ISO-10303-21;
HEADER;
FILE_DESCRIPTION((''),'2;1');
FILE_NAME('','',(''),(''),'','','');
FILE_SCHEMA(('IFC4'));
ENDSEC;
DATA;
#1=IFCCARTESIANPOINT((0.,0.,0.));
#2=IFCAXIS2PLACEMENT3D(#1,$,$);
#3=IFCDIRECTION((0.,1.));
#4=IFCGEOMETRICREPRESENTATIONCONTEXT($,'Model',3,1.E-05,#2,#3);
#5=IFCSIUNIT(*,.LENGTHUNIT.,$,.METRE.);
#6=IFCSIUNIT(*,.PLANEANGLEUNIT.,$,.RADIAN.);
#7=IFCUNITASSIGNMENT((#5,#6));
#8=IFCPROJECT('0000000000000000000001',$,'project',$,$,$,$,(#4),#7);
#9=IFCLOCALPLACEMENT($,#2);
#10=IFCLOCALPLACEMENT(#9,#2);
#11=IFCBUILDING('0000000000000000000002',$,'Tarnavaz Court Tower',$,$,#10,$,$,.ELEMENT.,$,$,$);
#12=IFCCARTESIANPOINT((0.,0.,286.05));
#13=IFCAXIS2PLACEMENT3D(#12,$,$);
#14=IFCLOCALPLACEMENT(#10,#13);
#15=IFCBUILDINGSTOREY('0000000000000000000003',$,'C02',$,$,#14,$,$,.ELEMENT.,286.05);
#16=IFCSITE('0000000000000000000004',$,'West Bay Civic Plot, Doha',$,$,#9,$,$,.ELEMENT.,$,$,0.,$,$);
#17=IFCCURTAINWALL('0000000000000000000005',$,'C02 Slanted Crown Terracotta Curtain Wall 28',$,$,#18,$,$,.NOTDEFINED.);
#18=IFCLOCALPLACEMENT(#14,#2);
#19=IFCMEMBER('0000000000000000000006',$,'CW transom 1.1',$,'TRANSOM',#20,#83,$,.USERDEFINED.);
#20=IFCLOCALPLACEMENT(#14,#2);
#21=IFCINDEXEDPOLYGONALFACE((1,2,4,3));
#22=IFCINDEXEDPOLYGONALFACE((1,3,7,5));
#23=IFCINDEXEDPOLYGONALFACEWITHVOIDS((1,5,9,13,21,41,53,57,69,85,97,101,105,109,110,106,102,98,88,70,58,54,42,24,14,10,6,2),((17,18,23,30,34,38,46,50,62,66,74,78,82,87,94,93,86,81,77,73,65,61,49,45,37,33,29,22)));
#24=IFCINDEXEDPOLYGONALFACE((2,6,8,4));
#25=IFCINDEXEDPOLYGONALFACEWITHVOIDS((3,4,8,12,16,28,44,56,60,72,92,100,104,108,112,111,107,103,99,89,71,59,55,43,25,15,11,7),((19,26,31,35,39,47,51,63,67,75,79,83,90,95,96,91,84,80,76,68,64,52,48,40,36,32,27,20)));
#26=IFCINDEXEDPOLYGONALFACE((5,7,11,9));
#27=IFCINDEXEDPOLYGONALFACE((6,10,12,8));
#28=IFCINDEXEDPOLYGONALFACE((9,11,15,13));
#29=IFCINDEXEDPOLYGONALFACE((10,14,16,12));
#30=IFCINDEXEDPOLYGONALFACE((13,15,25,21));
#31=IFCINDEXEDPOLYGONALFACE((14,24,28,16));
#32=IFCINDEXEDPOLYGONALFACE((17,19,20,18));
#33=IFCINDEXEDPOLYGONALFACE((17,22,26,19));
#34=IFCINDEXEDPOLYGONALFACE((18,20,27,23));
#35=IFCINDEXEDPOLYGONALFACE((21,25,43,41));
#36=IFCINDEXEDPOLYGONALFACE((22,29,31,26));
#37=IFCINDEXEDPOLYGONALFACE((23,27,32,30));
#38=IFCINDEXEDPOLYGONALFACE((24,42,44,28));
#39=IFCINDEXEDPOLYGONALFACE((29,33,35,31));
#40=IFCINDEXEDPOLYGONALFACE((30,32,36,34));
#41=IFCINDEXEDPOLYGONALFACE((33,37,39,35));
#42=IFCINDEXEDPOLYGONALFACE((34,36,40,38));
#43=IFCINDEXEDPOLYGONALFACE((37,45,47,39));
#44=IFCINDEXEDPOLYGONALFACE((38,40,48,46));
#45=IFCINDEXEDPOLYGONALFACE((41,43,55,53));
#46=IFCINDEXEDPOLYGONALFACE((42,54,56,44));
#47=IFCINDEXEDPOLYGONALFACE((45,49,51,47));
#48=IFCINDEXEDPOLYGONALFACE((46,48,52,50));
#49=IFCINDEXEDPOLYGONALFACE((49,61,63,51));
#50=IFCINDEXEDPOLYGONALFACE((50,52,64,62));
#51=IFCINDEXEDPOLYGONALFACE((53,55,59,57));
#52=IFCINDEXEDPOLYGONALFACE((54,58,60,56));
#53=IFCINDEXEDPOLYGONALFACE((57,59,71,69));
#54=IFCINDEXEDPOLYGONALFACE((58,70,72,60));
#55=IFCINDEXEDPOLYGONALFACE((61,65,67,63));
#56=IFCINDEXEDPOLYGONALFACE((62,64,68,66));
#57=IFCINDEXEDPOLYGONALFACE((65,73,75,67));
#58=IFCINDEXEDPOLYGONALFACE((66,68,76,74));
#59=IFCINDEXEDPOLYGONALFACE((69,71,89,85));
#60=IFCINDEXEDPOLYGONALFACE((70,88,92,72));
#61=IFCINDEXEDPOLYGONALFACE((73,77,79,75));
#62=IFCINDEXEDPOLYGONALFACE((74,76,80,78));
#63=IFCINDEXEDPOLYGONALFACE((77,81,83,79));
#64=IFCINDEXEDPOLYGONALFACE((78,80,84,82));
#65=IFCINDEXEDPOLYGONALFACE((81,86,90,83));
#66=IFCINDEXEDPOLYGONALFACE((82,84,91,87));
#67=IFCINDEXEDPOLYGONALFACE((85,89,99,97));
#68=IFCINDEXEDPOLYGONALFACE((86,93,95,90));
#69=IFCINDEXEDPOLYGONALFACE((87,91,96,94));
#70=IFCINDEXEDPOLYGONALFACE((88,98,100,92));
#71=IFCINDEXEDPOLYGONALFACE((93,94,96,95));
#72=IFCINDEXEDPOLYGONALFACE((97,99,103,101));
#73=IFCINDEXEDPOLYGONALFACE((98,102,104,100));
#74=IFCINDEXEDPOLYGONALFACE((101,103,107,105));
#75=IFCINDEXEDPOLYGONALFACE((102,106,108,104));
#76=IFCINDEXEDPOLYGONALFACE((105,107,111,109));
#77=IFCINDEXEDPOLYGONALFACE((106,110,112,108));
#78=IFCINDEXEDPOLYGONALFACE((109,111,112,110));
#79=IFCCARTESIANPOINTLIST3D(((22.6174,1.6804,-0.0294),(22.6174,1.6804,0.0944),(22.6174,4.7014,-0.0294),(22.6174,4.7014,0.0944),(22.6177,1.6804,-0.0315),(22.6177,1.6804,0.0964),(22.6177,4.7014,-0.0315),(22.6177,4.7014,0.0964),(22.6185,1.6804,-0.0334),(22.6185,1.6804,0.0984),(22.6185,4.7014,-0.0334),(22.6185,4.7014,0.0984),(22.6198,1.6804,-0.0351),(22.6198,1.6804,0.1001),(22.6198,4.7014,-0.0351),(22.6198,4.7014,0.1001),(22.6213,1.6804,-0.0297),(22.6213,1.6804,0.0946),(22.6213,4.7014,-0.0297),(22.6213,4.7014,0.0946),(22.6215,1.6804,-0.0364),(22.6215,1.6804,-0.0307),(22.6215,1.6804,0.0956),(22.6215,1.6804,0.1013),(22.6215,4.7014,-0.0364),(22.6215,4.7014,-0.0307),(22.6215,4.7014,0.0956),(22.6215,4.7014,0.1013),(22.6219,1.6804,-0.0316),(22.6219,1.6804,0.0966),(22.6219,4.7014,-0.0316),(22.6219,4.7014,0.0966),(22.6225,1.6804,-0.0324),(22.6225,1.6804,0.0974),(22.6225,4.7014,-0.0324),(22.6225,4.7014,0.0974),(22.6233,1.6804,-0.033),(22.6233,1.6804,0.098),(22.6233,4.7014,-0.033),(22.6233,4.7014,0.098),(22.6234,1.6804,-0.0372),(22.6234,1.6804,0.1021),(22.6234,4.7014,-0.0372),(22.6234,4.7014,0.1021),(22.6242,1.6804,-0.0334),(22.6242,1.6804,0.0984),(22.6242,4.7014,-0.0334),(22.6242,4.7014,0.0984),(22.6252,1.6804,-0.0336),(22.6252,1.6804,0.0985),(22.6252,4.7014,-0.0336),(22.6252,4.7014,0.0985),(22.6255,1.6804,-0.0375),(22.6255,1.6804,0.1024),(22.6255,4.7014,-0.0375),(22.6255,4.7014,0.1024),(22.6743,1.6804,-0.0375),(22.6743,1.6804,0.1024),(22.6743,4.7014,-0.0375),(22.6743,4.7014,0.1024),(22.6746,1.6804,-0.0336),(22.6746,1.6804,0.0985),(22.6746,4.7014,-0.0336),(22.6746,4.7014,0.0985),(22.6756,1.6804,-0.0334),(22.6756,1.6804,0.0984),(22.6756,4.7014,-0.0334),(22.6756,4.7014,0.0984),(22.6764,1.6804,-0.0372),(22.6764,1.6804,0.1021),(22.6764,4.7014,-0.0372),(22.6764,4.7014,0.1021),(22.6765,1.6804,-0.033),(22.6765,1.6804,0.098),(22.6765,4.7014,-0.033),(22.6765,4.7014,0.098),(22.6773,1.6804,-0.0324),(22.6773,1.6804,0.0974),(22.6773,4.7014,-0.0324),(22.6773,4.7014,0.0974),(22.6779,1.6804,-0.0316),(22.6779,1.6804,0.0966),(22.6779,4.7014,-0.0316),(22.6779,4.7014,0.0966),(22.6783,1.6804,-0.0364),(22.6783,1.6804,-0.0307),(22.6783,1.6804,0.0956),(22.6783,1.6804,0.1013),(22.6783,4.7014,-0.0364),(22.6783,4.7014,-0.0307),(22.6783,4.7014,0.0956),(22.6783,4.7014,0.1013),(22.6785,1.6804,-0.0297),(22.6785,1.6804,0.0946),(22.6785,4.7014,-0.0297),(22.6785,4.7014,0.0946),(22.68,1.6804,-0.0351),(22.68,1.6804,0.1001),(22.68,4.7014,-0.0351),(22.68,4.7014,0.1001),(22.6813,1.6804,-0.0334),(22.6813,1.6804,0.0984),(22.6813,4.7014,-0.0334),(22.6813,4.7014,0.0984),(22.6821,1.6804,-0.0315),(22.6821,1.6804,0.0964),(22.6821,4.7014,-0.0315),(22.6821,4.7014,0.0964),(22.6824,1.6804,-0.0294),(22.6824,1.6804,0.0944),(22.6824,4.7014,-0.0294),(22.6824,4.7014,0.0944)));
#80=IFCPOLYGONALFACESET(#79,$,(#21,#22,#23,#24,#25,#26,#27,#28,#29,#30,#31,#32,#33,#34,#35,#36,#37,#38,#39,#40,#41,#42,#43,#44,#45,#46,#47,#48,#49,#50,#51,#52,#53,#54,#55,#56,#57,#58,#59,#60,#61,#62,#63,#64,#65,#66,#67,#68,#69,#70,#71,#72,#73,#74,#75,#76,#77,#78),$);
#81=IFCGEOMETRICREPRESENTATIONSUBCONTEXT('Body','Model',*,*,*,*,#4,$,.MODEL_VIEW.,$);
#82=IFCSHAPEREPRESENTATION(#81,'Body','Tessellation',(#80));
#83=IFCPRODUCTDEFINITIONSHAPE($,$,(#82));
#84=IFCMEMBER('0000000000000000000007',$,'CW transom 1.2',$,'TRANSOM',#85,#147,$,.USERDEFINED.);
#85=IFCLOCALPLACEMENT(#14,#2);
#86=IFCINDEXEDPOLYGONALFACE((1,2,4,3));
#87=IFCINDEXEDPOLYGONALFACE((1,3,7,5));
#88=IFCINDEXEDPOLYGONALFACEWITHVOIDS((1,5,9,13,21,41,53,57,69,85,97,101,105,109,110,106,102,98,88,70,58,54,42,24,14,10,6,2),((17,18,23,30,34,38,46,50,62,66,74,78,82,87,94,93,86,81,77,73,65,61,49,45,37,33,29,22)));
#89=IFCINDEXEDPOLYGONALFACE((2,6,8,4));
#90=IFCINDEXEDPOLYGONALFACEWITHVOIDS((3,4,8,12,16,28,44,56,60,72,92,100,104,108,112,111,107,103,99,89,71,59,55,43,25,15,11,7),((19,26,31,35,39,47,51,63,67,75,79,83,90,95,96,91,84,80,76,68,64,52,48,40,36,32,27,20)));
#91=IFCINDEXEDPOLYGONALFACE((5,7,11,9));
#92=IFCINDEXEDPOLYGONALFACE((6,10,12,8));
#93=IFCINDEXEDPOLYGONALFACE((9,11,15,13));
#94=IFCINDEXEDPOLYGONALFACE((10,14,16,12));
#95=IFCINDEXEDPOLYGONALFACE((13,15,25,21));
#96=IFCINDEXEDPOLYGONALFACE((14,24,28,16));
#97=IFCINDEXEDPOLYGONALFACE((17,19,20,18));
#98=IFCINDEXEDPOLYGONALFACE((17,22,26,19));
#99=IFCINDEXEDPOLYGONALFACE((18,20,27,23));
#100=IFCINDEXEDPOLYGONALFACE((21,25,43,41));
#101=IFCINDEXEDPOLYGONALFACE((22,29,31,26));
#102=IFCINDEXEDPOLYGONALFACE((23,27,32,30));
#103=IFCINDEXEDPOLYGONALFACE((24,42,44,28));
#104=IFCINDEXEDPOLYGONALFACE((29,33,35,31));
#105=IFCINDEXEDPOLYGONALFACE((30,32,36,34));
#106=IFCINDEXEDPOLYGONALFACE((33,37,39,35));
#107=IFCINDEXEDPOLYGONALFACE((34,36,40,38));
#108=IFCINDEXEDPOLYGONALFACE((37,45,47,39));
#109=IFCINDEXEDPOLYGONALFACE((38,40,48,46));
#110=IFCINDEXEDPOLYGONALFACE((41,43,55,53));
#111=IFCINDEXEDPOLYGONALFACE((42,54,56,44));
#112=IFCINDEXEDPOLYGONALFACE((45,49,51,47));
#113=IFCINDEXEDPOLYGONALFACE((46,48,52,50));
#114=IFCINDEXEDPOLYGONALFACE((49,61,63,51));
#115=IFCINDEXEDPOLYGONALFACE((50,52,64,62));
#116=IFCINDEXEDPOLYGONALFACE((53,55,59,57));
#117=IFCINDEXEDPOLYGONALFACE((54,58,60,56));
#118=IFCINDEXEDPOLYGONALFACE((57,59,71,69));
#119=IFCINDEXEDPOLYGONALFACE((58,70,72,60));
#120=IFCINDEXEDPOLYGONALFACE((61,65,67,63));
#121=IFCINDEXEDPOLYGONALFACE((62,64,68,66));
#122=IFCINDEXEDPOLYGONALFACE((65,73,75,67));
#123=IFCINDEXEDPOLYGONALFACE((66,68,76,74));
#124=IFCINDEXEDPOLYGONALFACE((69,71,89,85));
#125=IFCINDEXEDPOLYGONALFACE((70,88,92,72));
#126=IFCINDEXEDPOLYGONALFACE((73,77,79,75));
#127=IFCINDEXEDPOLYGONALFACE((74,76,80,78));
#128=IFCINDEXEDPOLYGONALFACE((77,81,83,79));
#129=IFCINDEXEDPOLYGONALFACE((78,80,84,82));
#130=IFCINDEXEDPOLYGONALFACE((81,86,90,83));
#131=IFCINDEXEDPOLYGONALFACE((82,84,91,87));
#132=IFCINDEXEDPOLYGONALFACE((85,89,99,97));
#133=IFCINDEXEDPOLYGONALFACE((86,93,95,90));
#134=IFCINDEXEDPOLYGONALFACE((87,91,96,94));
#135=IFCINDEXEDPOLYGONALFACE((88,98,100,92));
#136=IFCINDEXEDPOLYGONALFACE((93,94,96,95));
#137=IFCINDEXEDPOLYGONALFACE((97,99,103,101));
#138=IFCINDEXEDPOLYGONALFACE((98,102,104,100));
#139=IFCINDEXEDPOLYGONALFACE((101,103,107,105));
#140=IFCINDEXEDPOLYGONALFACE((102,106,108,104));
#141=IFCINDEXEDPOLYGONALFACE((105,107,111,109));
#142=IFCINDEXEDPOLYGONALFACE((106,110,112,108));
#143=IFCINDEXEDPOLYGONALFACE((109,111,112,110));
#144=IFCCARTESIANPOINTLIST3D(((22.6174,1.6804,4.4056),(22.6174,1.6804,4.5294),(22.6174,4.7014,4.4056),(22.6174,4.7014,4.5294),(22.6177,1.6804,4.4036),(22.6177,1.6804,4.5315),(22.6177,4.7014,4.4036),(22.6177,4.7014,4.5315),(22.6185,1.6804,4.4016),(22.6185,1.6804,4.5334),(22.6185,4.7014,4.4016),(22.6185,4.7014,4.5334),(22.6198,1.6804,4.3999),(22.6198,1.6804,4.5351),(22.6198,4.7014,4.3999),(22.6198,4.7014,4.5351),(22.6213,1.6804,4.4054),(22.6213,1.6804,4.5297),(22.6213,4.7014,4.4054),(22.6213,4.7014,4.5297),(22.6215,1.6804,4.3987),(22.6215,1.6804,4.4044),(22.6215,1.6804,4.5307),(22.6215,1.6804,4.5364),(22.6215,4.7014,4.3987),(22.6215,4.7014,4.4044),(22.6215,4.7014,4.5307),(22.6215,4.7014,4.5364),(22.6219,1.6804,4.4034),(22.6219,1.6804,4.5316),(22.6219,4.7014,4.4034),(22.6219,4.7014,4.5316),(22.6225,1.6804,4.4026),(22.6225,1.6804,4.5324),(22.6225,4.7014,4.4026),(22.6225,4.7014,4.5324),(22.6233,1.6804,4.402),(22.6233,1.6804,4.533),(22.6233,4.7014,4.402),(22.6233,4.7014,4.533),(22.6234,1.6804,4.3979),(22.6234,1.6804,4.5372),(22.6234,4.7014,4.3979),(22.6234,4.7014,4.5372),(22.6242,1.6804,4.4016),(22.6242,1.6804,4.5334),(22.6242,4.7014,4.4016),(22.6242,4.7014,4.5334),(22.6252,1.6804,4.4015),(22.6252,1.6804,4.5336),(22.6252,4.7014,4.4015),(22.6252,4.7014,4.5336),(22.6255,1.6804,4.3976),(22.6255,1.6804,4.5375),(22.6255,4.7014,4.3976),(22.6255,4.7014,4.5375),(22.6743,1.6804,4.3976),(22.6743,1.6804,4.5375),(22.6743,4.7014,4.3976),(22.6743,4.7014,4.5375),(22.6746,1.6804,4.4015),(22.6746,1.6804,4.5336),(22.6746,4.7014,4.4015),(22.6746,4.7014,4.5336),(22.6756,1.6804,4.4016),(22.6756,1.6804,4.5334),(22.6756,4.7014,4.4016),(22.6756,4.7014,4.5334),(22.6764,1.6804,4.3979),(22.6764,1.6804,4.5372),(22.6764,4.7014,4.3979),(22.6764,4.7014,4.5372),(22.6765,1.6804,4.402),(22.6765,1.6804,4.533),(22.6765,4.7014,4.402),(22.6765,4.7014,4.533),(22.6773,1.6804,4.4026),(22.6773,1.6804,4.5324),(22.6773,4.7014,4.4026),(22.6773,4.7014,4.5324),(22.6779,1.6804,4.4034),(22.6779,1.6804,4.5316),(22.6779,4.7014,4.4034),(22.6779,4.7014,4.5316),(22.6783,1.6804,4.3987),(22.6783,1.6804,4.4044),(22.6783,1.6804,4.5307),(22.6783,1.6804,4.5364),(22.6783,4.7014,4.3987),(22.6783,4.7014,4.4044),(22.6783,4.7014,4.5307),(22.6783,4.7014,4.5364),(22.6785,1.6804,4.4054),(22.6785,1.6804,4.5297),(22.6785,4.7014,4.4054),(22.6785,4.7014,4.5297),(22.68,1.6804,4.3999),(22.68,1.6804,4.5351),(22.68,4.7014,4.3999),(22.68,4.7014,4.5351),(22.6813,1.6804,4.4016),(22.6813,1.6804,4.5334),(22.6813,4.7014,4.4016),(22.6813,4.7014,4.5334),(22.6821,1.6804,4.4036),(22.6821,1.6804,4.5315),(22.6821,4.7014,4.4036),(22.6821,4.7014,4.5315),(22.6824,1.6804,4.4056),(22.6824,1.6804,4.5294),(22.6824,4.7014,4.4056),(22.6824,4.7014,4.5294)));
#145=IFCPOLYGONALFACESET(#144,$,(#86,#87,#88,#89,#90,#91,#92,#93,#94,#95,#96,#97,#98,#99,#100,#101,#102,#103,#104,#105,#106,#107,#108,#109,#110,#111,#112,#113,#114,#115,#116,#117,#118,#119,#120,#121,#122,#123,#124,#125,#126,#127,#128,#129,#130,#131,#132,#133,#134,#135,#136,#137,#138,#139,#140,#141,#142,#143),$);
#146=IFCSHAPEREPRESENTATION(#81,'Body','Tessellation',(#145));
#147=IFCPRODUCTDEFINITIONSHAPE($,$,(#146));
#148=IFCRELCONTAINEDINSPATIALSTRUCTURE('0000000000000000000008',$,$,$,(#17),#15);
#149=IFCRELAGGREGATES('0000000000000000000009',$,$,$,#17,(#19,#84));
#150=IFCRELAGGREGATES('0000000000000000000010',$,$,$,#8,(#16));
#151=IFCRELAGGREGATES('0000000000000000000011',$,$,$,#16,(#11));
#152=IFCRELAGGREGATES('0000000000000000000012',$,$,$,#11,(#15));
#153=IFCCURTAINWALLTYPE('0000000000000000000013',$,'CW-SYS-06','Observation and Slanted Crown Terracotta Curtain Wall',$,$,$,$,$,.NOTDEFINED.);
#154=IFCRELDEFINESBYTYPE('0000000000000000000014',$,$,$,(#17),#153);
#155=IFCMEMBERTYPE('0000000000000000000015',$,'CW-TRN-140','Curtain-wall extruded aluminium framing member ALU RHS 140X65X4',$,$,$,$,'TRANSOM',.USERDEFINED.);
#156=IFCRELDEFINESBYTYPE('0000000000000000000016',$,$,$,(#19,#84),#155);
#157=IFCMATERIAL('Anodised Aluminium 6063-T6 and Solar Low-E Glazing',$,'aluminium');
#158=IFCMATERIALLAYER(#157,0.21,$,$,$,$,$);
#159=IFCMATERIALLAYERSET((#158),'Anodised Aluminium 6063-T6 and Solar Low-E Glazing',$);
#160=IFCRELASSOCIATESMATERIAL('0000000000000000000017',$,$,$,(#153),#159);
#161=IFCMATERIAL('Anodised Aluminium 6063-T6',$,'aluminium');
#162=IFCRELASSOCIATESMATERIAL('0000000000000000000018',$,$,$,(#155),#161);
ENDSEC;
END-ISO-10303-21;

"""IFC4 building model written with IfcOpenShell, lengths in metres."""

from ifc_helpers import new_model, si_unit, direction, frame, origin, origin_2d, place, context, subcontext, project, spatial, hollow_rectangle, extrude, material, layer, layer_set, material_profile, profile_set, type_object, element, aggregate, save


model = new_model("IFC4")

# Units and contexts
model_context = context("Model", 3, precision=1e-05, world=origin(), true_north=direction((0.0, 1.0)))
body_context = subcontext(model_context, "Body", "Model", "MODEL_VIEW")
ifc_project = project(units=[si_unit("LENGTHUNIT", "METRE"), si_unit("PLANEANGLEUNIT", "RADIAN")], contexts=[model_context])

# Site, building, storey
site_placement = place(None, origin())
site = spatial("IfcSite", under=ifc_project, at=site_placement, Name="West Bay Civic Plot, Doha", CompositionType="ELEMENT", RefElevation=0.0)
building_placement = place(site_placement, origin())
building = spatial("IfcBuilding", under=site, at=building_placement, Name="Tarnavaz Court Tower", CompositionType="ELEMENT")
storey_placement = place(building_placement, frame((0.0, 0.0, 286.05)))
storey = spatial("IfcBuildingStorey", under=building, at=storey_placement, Name="C02", CompositionType="ELEMENT", Elevation=286.05)

# Shared definitions
ifc_material_1 = material(Name="Anodised Aluminium 6063-T6 and Solar Low-E Glazing", Category="aluminium")
ifc_layer_1 = layer(ifc_material_1, 0.21)
ifc_layer_set_1 = layer_set([ifc_layer_1], Name="Anodised Aluminium 6063-T6 and Solar Low-E Glazing")
curtain_wall_type = type_object("IfcCurtainWallType", Name="CW-SYS-06", Description="Observation and Slanted Crown Terracotta Curtain Wall", PredefinedType="NOTDEFINED", material=ifc_layer_set_1)
ifc_material_2 = material(Name="Anodised Aluminium 6063-T6", Category="aluminium")

# Curtain wall
curtain_wall_1_placement = place(storey_placement, origin())
curtain_wall_1 = element("IfcCurtainWall", 1, at=curtain_wall_1_placement, inside=storey, type_object=curtain_wall_type, Name="C02 Slanted Crown Terracotta Curtain Wall 28", PredefinedType="NOTDEFINED")

# Members
ifc_material_profile_1 = material_profile(ifc_material_2, hollow_rectangle(XDim=0.0649, YDim=0.1399, WallThickness=0.0039, InnerFilletRadius=0.0039, OuterFilletRadius=0.0081, at=origin_2d()), Name="ALU RHS 140X65X4")
ifc_profile_set_1 = profile_set([ifc_material_profile_1], Name="Anodised Aluminium 6063-T6")
member_type_1 = type_object("IfcMemberType", Name="CW-TRN-140", Description="Curtain-wall extruded aluminium framing member ALU RHS 140X65X4", ElementType="TRANSOM", PredefinedType="USERDEFINED", material=ifc_profile_set_1)
member_1_placement = place(storey_placement, frame((22.6499, 4.7014, 0.0325), z_axis=(0.0, -1.0, 0.0), x_axis=(1.0, 0.0, 0.0)))
member_1 = element("IfcMember", 2, at=member_1_placement, type_object=member_type_1, Name="CW transom 1.1", ObjectType="TRANSOM", PredefinedType="USERDEFINED", context=body_context, shape_type="SweptSolid", body=[
    extrude(hollow_rectangle(XDim=0.0649, YDim=0.1399, WallThickness=0.0039, InnerFilletRadius=0.0039, OuterFilletRadius=0.0081, at=origin_2d()), origin(), (0.0, 0.0, 1.0), 3.021),
])
member_2_placement = place(storey_placement, frame((22.6499, 4.7014, 4.4675), z_axis=(0.0, -1.0, 0.0), x_axis=(1.0, 0.0, 0.0)))
member_2 = element("IfcMember", 3, at=member_2_placement, type_object=member_type_1, Name="CW transom 1.2", ObjectType="TRANSOM", PredefinedType="USERDEFINED", context=body_context, shape_type="SweptSolid", body=[
    extrude(hollow_rectangle(XDim=0.0649, YDim=0.1399, WallThickness=0.0039, InnerFilletRadius=0.0039, OuterFilletRadius=0.0081, at=origin_2d()), origin(), (0.0, 0.0, 1.0), 3.021),
])

aggregate(curtain_wall_1, [member_1, member_2])

save(model, "model.ifc")
